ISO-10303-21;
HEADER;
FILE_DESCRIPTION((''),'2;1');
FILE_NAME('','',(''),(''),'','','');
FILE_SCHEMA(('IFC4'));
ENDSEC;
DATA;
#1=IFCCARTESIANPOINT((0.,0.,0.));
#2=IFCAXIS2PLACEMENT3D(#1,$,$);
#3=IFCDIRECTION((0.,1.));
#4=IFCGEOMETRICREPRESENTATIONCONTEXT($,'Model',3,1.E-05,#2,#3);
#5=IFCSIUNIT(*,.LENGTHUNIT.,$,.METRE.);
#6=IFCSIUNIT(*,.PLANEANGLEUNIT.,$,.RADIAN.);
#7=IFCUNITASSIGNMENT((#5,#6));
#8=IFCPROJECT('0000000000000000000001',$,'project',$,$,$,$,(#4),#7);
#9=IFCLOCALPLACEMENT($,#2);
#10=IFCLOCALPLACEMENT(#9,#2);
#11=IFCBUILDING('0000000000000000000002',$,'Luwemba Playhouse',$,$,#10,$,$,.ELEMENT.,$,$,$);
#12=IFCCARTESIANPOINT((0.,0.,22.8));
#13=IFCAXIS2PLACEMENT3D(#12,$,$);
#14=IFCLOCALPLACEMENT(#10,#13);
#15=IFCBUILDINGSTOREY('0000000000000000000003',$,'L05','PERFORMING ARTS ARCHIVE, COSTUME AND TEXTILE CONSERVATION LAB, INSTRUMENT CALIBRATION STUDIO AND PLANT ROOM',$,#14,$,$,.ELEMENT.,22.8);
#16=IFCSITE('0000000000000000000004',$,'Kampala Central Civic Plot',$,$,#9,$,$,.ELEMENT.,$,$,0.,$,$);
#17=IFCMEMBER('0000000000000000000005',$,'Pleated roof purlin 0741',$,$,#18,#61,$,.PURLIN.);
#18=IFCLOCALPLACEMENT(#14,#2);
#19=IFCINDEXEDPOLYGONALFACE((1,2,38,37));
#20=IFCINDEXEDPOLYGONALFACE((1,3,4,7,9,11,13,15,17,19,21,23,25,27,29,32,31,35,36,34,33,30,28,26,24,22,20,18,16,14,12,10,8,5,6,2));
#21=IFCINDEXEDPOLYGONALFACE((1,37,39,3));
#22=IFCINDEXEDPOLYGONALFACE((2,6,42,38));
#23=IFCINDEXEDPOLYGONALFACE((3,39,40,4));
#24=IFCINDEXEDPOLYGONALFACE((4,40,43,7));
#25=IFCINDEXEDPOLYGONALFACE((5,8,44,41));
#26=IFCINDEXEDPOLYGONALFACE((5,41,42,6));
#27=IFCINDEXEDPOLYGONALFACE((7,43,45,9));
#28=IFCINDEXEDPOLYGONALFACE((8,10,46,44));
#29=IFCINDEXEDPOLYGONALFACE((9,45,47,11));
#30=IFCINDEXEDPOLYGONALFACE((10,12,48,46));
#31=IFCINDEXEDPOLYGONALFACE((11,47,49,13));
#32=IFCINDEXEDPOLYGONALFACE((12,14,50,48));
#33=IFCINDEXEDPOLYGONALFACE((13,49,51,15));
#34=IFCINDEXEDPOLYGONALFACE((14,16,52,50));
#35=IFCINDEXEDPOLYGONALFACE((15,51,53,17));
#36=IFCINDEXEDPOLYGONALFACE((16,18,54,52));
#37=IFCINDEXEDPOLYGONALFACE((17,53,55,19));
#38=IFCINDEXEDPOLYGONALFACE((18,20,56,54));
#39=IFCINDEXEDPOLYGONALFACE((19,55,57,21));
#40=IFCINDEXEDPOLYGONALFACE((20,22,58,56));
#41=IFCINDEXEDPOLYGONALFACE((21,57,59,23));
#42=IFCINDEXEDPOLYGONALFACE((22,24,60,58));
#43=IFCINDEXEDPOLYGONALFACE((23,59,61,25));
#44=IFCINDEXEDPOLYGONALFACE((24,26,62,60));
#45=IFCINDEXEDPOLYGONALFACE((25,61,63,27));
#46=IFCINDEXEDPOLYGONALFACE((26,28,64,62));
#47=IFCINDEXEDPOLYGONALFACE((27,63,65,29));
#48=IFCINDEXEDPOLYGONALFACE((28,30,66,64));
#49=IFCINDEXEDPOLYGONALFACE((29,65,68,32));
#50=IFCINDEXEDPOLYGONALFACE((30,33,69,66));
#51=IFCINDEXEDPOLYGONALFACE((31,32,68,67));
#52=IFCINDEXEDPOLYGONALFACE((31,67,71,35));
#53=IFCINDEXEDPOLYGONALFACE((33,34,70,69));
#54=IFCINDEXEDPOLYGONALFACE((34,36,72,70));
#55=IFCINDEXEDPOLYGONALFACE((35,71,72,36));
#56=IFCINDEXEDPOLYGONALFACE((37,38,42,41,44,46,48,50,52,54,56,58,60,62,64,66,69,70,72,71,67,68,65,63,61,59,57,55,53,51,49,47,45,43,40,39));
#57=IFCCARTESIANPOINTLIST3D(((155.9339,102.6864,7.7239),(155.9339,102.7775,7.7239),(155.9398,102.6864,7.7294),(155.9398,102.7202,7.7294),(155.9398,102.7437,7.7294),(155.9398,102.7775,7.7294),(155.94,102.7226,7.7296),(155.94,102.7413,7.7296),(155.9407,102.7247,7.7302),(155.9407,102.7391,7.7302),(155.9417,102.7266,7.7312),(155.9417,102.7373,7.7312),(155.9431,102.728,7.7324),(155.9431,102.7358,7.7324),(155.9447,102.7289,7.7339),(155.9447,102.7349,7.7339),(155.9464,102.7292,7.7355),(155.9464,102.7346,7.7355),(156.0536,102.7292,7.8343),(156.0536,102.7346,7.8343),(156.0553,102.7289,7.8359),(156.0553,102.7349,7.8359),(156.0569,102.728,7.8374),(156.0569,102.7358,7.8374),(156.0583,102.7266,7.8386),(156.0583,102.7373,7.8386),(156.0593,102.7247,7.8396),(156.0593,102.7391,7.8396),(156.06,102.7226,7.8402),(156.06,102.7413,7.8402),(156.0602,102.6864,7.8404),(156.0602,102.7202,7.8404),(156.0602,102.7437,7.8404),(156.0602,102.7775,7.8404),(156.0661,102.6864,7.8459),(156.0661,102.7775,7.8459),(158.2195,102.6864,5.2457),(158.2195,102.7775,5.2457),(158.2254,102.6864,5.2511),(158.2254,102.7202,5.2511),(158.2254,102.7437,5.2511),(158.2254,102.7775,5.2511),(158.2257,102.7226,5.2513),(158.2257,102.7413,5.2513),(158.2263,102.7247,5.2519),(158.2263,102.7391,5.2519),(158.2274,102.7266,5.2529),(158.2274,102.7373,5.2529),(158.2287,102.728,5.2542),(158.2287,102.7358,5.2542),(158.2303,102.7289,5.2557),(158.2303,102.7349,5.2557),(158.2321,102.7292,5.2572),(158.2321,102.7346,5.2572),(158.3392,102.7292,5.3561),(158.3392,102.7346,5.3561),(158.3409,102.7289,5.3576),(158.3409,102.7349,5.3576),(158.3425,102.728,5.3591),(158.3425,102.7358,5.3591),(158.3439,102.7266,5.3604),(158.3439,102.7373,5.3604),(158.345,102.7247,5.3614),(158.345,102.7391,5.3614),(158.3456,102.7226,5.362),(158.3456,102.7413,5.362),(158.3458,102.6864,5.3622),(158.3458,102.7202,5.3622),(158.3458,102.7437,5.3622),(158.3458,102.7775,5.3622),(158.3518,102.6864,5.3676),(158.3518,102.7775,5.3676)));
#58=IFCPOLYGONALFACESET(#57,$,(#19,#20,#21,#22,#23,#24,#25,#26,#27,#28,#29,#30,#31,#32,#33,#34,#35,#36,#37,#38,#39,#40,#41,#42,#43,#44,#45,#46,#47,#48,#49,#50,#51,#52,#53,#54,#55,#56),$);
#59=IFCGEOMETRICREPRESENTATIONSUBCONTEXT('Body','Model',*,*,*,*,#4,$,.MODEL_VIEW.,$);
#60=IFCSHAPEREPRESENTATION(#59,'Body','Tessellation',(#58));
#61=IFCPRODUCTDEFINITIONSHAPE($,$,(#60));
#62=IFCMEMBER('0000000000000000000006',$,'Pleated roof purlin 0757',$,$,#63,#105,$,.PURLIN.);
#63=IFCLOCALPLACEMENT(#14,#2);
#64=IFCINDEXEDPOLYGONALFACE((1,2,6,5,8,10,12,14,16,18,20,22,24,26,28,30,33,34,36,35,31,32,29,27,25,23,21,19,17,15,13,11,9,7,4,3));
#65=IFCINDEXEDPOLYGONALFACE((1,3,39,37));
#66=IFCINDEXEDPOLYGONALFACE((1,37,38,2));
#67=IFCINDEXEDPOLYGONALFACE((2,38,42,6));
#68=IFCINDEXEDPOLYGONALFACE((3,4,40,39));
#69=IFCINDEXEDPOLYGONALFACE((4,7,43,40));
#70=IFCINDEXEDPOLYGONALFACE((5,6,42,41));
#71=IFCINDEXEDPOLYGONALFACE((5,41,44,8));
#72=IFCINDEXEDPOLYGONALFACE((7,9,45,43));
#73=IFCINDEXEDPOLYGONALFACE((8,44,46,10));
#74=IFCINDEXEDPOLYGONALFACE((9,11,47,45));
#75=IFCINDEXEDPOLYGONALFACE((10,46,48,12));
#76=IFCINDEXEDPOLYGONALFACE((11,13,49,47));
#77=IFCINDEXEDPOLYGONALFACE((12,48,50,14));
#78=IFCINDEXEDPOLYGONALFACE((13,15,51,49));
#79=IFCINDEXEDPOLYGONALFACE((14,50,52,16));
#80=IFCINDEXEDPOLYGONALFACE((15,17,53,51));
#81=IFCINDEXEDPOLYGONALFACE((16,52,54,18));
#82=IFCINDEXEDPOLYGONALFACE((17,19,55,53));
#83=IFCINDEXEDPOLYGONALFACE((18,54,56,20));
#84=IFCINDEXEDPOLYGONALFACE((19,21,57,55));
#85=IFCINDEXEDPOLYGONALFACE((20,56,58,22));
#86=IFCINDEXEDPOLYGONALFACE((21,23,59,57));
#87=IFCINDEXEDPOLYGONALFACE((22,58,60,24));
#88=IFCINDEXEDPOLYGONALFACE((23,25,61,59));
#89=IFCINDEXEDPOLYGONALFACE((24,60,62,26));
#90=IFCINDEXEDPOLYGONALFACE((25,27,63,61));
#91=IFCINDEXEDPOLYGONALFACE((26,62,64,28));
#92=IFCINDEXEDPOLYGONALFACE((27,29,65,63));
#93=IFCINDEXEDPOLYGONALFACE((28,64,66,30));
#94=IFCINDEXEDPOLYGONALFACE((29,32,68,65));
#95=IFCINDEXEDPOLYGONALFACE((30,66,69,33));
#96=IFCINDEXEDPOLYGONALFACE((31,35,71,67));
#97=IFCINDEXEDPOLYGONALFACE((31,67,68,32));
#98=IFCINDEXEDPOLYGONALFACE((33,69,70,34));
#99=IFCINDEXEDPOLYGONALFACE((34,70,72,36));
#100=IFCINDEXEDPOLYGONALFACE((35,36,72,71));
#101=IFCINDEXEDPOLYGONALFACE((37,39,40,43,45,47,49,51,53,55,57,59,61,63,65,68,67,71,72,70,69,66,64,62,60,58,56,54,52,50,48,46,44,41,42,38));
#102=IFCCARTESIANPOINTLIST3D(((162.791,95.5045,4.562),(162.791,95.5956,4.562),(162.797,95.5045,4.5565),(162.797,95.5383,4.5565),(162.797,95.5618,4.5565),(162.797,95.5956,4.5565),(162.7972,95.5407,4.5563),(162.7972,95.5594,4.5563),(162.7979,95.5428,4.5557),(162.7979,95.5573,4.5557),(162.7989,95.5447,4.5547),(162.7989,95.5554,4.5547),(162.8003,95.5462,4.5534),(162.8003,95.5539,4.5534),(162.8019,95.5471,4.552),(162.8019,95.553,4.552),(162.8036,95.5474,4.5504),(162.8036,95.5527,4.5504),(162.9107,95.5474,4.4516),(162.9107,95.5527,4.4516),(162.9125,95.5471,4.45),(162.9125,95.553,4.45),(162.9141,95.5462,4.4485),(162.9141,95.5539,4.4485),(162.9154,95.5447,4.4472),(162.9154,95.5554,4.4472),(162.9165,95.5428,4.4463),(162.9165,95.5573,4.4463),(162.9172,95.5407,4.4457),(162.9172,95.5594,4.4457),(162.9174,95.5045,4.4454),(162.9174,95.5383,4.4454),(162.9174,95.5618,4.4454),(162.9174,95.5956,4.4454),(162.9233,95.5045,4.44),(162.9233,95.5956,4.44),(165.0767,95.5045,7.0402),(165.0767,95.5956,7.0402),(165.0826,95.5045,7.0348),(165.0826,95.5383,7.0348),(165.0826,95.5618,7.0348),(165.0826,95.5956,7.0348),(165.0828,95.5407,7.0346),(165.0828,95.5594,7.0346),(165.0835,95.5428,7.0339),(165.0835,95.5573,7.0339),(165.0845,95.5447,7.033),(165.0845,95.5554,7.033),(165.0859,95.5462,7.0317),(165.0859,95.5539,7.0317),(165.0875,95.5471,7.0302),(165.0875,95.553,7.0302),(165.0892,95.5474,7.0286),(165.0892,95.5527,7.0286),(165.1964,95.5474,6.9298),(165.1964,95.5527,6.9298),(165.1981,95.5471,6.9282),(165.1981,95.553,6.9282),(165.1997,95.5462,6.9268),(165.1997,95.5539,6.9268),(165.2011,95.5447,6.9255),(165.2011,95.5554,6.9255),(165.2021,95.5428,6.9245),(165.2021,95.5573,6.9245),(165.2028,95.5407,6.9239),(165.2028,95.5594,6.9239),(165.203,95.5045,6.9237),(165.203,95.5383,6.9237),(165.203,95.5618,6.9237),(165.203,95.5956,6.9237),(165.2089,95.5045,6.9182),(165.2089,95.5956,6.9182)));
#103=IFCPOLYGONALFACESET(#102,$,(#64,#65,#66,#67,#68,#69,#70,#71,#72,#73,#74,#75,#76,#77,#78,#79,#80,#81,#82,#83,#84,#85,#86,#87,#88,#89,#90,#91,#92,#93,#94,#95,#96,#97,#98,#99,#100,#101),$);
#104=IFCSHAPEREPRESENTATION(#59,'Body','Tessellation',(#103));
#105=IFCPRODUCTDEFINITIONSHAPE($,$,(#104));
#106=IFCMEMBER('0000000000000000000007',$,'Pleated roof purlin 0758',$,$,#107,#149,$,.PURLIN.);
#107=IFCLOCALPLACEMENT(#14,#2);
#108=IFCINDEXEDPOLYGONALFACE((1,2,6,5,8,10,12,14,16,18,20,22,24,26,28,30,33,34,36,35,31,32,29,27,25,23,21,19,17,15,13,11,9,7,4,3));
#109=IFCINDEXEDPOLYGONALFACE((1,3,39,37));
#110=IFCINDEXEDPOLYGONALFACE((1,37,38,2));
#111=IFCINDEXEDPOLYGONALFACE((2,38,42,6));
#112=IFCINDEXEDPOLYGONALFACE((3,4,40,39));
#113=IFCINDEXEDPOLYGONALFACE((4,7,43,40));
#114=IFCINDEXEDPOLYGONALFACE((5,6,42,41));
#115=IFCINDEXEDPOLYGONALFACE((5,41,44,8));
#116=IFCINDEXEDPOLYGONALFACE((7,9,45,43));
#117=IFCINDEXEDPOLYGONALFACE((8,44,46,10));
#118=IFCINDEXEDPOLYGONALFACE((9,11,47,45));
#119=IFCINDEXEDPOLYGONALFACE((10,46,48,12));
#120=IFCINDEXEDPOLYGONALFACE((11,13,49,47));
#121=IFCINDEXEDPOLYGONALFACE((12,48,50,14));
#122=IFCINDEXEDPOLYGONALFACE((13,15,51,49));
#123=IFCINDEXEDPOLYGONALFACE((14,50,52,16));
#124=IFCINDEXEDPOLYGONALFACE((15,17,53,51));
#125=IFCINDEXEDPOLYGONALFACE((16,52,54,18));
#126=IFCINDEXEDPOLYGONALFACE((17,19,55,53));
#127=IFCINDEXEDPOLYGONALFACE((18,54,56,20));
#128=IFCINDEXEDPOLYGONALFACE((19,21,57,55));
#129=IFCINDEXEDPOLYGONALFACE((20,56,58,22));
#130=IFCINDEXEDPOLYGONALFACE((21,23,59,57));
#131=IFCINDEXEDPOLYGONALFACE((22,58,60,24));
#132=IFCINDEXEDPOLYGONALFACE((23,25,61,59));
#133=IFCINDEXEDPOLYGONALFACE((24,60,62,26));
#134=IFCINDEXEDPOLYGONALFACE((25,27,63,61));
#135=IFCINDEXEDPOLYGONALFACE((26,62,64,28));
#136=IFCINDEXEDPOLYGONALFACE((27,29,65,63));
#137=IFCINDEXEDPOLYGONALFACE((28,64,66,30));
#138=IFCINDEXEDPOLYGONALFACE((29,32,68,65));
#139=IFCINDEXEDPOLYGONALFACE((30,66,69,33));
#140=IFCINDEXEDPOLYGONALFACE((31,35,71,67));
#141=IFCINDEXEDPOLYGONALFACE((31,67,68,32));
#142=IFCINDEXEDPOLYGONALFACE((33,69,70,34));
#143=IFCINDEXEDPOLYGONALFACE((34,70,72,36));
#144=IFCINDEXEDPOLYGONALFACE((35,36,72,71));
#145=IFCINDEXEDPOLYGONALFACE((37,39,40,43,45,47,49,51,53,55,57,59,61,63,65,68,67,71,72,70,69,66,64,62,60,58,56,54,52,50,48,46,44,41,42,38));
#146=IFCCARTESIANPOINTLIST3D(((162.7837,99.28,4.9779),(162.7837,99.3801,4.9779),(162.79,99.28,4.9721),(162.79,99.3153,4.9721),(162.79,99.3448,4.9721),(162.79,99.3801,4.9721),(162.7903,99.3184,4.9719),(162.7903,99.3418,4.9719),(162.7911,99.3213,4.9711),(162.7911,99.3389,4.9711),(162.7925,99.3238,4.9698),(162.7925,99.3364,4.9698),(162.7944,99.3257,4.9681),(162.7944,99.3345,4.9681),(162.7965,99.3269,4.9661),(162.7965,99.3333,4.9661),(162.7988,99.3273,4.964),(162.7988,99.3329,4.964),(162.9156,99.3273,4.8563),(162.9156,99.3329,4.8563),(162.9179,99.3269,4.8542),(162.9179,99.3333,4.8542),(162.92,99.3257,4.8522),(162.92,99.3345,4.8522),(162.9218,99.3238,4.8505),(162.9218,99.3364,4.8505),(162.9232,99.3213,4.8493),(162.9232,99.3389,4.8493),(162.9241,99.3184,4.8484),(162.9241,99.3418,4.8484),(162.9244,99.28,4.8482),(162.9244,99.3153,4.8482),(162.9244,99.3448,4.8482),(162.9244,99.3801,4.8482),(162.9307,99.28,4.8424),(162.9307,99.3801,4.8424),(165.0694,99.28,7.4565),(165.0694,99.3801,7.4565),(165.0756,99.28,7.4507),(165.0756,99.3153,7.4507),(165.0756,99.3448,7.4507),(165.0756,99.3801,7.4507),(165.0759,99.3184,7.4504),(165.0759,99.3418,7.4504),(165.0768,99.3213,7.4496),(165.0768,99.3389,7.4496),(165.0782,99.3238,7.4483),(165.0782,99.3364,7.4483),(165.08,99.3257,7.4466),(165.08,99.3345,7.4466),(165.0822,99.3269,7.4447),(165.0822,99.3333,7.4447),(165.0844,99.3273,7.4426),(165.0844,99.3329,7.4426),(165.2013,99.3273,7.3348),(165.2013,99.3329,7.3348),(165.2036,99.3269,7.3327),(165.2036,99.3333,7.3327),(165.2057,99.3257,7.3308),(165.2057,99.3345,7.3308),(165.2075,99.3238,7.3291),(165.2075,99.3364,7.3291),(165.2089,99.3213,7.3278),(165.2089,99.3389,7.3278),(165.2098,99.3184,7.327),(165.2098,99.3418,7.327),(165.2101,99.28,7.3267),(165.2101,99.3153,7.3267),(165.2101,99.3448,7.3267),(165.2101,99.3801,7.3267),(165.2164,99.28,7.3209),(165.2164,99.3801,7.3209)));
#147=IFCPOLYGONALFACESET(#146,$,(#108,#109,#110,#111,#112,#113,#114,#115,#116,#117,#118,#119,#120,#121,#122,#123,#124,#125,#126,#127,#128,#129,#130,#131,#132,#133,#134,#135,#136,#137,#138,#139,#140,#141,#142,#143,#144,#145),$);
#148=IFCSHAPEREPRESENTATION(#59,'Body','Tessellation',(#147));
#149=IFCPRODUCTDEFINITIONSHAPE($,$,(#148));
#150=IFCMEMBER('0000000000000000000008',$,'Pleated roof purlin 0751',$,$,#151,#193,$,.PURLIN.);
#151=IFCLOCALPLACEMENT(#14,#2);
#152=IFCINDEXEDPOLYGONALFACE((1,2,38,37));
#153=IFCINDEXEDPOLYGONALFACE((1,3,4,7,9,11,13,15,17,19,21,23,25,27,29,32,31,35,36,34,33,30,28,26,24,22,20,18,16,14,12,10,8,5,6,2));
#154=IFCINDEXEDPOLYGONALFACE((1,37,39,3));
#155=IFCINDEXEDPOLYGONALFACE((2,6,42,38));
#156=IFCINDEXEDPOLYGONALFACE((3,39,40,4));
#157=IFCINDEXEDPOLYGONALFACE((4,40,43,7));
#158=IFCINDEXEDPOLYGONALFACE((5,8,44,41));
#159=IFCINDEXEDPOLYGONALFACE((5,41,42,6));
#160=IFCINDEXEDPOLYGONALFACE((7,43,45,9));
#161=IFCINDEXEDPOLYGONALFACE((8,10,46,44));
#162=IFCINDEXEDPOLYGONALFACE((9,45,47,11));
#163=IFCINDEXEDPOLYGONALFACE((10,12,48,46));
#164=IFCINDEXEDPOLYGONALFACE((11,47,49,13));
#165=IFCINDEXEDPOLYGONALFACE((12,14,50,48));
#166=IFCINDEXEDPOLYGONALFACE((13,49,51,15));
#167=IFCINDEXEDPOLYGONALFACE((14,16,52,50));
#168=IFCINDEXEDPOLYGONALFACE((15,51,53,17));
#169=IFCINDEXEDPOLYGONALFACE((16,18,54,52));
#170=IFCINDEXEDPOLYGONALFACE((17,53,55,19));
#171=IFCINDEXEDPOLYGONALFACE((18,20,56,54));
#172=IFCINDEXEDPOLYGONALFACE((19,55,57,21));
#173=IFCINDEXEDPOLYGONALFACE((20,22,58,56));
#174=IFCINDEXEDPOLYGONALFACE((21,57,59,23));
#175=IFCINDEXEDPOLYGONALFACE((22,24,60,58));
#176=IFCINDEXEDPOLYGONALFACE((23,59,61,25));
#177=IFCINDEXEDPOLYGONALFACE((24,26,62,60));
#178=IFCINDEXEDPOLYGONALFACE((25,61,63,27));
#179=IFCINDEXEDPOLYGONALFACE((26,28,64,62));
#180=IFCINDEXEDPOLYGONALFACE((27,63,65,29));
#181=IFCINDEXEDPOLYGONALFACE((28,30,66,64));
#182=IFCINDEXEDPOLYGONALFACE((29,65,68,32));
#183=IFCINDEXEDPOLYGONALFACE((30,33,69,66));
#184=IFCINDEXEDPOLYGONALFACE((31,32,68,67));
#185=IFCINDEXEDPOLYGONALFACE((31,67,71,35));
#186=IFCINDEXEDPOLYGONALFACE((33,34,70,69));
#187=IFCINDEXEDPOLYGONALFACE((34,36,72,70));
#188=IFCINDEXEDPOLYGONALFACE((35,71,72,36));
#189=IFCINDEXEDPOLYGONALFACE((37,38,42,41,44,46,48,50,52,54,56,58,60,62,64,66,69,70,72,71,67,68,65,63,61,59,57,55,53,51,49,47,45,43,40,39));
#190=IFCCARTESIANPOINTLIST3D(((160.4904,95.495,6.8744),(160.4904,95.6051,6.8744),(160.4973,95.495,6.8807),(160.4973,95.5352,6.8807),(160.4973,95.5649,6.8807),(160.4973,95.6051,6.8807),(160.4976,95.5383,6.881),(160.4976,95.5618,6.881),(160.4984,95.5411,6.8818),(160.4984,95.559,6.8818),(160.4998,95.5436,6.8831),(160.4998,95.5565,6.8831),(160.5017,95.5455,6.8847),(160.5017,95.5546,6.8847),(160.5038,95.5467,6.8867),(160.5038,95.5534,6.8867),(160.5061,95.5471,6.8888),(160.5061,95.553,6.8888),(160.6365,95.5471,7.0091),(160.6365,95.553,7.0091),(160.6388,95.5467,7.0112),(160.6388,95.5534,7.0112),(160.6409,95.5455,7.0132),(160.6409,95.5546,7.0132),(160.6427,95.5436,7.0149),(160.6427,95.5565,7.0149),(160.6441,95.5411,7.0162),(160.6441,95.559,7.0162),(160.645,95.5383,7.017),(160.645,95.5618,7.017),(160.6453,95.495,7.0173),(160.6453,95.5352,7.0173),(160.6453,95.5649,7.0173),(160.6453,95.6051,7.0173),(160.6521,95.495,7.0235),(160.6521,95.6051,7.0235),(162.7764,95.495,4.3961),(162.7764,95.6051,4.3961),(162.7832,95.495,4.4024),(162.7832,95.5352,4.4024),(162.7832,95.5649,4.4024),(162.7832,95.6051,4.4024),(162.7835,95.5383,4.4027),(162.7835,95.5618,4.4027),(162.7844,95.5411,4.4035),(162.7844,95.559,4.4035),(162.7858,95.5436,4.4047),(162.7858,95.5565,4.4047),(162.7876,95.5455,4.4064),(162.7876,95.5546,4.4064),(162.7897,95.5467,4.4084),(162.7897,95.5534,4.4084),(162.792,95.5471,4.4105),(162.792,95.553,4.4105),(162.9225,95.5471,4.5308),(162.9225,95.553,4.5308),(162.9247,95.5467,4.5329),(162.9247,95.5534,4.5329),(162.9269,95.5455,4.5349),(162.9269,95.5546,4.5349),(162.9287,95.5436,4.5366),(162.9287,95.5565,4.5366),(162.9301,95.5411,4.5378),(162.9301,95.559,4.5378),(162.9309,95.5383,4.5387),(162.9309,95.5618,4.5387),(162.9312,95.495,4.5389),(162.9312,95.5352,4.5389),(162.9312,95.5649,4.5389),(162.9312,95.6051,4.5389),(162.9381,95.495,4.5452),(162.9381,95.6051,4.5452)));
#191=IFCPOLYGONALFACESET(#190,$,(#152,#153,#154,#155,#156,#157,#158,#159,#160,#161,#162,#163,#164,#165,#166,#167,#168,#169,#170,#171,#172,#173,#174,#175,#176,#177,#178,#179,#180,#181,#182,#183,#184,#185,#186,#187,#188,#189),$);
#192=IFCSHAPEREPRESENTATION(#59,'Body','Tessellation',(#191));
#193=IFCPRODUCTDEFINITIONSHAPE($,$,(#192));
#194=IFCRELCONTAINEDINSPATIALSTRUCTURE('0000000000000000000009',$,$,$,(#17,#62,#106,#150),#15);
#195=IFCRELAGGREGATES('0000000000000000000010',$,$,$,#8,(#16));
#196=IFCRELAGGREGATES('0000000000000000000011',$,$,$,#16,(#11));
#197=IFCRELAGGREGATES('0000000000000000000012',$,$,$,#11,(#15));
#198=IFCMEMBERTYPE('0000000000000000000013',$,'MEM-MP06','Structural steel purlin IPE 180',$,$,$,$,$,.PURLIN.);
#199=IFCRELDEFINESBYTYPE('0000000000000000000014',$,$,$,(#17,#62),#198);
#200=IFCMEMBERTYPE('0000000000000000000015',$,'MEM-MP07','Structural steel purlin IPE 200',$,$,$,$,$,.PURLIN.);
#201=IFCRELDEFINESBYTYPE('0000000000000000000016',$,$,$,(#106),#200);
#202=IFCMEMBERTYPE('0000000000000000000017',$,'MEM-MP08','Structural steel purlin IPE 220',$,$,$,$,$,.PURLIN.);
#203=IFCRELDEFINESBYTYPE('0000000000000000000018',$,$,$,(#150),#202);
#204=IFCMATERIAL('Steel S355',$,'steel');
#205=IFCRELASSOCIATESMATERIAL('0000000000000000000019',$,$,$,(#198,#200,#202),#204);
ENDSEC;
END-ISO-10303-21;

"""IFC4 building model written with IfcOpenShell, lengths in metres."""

from ifc_helpers import new_model, si_unit, direction, frame, origin, origin_2d, place, context, subcontext, project, spatial, i_section, extrude, material, material_profile, profile_set, type_object, element, save


model = new_model("IFC4")

# Units and contexts
model_context = context("Model", 3, precision=1e-05, world=origin(), true_north=direction((0.0, 1.0)))
body_context = subcontext(model_context, "Body", "Model", "MODEL_VIEW")
ifc_project = project(units=[si_unit("LENGTHUNIT", "METRE"), si_unit("PLANEANGLEUNIT", "RADIAN")], contexts=[model_context])

# Site, building, storey
site_placement = place(None, origin())
site = spatial("IfcSite", under=ifc_project, at=site_placement, Name="Kampala Central Civic Plot", CompositionType="ELEMENT", RefElevation=0.0)
building_placement = place(site_placement, origin())
building = spatial("IfcBuilding", under=site, at=building_placement, Name="Luwemba Playhouse", CompositionType="ELEMENT")
storey_placement = place(building_placement, frame((0.0, 0.0, 22.8)))
storey = spatial("IfcBuildingStorey", under=building, at=storey_placement, Name="L05", Description="PERFORMING ARTS ARCHIVE, COSTUME AND TEXTILE CONSERVATION LAB, INSTRUMENT CALIBRATION STUDIO AND PLANT ROOM", CompositionType="ELEMENT", Elevation=22.8)

# Shared definitions
ifc_material_1 = material(Name="Steel S355", Category="steel")

# Members
ifc_material_profile_1 = material_profile(ifc_material_1, i_section(OverallWidth=0.0911, OverallDepth=0.1799, WebThickness=0.0054, FlangeThickness=0.0081, FilletRadius=0.009, at=origin_2d()))
ifc_profile_set_1 = profile_set([ifc_material_profile_1], Name="Steel S355")
member_type_1 = type_object("IfcMemberType", Name="MEM-MP06", Description="Structural steel purlin IPE 180", PredefinedType="PURLIN", material=ifc_profile_set_1)
for number, where, z_axis, x_axis, name in (
    (1, (156.0, 102.7319, 7.7849), (0.677961, 0.0, -0.735098), (0.0, 1.0, 0.0), "Pleated roof purlin 0741"),
    (2, (162.8572, 95.55, 4.501), (0.677961, 0.0, 0.735098), (0.0, 1.0, 0.0), "Pleated roof purlin 0757"),
):
    element("IfcMember", number, at=place(storey_placement, frame(where, z_axis=z_axis, x_axis=x_axis)), inside=storey, type_object=member_type_1, Name=name, PredefinedType="PURLIN", context=body_context, shape_type="SweptSolid", body=[
        extrude(i_section(OverallWidth=0.0911, OverallDepth=0.1799, WebThickness=0.0054, FlangeThickness=0.0081, FilletRadius=0.009, at=origin_2d()), origin(), (0.0, 0.0, 1.0), 3.3713),
    ])
ifc_material_profile_2 = material_profile(ifc_material_1, i_section(OverallWidth=0.1001, OverallDepth=0.2, WebThickness=0.0056, FlangeThickness=0.0085, FilletRadius=0.012, at=origin_2d()))
ifc_profile_set_2 = profile_set([ifc_material_profile_2], Name="Steel S355")
member_type_2 = type_object("IfcMemberType", Name="MEM-MP07", Description="Structural steel purlin IPE 200", PredefinedType="PURLIN", material=ifc_profile_set_2)
member_1_placement = place(storey_placement, frame((162.8572, 99.3301, 4.9102), z_axis=(0.677925, 0.0, 0.735131), x_axis=(0.0, 1.0, 0.0)))
element("IfcMember", 3, at=member_1_placement, inside=storey, type_object=member_type_2, Name="Pleated roof purlin 0758", PredefinedType="PURLIN", context=body_context, shape_type="SweptSolid", body=[
    extrude(i_section(OverallWidth=0.1001, OverallDepth=0.2, WebThickness=0.0056, FlangeThickness=0.0085, FilletRadius=0.012, at=origin_2d()), origin(), (0.0, 0.0, 1.0), 3.3716),
])
ifc_material_profile_3 = material_profile(ifc_material_1, i_section(OverallWidth=0.1101, OverallDepth=0.22, WebThickness=0.0059, FlangeThickness=0.0093, FilletRadius=0.012, at=origin_2d()))
ifc_profile_set_3 = profile_set([ifc_material_profile_3], Name="Steel S355")
member_type_3 = type_object("IfcMemberType", Name="MEM-MP08", Description="Structural steel purlin IPE 220", PredefinedType="PURLIN", material=ifc_profile_set_3)
member_2_placement = place(storey_placement, frame((160.5713, 95.55, 6.949), z_axis=(0.678, 0.0, -0.735062), x_axis=(0.0, 1.0, 0.0)))
element("IfcMember", 4, at=member_2_placement, inside=storey, type_object=member_type_3, Name="Pleated roof purlin 0751", PredefinedType="PURLIN", context=body_context, shape_type="SweptSolid", body=[
    extrude(i_section(OverallWidth=0.1101, OverallDepth=0.22, WebThickness=0.0059, FlangeThickness=0.0093, FilletRadius=0.012, at=origin_2d()), origin(), (0.0, 0.0, 1.0), 3.3716),
])

save(model, "model.ifc")
